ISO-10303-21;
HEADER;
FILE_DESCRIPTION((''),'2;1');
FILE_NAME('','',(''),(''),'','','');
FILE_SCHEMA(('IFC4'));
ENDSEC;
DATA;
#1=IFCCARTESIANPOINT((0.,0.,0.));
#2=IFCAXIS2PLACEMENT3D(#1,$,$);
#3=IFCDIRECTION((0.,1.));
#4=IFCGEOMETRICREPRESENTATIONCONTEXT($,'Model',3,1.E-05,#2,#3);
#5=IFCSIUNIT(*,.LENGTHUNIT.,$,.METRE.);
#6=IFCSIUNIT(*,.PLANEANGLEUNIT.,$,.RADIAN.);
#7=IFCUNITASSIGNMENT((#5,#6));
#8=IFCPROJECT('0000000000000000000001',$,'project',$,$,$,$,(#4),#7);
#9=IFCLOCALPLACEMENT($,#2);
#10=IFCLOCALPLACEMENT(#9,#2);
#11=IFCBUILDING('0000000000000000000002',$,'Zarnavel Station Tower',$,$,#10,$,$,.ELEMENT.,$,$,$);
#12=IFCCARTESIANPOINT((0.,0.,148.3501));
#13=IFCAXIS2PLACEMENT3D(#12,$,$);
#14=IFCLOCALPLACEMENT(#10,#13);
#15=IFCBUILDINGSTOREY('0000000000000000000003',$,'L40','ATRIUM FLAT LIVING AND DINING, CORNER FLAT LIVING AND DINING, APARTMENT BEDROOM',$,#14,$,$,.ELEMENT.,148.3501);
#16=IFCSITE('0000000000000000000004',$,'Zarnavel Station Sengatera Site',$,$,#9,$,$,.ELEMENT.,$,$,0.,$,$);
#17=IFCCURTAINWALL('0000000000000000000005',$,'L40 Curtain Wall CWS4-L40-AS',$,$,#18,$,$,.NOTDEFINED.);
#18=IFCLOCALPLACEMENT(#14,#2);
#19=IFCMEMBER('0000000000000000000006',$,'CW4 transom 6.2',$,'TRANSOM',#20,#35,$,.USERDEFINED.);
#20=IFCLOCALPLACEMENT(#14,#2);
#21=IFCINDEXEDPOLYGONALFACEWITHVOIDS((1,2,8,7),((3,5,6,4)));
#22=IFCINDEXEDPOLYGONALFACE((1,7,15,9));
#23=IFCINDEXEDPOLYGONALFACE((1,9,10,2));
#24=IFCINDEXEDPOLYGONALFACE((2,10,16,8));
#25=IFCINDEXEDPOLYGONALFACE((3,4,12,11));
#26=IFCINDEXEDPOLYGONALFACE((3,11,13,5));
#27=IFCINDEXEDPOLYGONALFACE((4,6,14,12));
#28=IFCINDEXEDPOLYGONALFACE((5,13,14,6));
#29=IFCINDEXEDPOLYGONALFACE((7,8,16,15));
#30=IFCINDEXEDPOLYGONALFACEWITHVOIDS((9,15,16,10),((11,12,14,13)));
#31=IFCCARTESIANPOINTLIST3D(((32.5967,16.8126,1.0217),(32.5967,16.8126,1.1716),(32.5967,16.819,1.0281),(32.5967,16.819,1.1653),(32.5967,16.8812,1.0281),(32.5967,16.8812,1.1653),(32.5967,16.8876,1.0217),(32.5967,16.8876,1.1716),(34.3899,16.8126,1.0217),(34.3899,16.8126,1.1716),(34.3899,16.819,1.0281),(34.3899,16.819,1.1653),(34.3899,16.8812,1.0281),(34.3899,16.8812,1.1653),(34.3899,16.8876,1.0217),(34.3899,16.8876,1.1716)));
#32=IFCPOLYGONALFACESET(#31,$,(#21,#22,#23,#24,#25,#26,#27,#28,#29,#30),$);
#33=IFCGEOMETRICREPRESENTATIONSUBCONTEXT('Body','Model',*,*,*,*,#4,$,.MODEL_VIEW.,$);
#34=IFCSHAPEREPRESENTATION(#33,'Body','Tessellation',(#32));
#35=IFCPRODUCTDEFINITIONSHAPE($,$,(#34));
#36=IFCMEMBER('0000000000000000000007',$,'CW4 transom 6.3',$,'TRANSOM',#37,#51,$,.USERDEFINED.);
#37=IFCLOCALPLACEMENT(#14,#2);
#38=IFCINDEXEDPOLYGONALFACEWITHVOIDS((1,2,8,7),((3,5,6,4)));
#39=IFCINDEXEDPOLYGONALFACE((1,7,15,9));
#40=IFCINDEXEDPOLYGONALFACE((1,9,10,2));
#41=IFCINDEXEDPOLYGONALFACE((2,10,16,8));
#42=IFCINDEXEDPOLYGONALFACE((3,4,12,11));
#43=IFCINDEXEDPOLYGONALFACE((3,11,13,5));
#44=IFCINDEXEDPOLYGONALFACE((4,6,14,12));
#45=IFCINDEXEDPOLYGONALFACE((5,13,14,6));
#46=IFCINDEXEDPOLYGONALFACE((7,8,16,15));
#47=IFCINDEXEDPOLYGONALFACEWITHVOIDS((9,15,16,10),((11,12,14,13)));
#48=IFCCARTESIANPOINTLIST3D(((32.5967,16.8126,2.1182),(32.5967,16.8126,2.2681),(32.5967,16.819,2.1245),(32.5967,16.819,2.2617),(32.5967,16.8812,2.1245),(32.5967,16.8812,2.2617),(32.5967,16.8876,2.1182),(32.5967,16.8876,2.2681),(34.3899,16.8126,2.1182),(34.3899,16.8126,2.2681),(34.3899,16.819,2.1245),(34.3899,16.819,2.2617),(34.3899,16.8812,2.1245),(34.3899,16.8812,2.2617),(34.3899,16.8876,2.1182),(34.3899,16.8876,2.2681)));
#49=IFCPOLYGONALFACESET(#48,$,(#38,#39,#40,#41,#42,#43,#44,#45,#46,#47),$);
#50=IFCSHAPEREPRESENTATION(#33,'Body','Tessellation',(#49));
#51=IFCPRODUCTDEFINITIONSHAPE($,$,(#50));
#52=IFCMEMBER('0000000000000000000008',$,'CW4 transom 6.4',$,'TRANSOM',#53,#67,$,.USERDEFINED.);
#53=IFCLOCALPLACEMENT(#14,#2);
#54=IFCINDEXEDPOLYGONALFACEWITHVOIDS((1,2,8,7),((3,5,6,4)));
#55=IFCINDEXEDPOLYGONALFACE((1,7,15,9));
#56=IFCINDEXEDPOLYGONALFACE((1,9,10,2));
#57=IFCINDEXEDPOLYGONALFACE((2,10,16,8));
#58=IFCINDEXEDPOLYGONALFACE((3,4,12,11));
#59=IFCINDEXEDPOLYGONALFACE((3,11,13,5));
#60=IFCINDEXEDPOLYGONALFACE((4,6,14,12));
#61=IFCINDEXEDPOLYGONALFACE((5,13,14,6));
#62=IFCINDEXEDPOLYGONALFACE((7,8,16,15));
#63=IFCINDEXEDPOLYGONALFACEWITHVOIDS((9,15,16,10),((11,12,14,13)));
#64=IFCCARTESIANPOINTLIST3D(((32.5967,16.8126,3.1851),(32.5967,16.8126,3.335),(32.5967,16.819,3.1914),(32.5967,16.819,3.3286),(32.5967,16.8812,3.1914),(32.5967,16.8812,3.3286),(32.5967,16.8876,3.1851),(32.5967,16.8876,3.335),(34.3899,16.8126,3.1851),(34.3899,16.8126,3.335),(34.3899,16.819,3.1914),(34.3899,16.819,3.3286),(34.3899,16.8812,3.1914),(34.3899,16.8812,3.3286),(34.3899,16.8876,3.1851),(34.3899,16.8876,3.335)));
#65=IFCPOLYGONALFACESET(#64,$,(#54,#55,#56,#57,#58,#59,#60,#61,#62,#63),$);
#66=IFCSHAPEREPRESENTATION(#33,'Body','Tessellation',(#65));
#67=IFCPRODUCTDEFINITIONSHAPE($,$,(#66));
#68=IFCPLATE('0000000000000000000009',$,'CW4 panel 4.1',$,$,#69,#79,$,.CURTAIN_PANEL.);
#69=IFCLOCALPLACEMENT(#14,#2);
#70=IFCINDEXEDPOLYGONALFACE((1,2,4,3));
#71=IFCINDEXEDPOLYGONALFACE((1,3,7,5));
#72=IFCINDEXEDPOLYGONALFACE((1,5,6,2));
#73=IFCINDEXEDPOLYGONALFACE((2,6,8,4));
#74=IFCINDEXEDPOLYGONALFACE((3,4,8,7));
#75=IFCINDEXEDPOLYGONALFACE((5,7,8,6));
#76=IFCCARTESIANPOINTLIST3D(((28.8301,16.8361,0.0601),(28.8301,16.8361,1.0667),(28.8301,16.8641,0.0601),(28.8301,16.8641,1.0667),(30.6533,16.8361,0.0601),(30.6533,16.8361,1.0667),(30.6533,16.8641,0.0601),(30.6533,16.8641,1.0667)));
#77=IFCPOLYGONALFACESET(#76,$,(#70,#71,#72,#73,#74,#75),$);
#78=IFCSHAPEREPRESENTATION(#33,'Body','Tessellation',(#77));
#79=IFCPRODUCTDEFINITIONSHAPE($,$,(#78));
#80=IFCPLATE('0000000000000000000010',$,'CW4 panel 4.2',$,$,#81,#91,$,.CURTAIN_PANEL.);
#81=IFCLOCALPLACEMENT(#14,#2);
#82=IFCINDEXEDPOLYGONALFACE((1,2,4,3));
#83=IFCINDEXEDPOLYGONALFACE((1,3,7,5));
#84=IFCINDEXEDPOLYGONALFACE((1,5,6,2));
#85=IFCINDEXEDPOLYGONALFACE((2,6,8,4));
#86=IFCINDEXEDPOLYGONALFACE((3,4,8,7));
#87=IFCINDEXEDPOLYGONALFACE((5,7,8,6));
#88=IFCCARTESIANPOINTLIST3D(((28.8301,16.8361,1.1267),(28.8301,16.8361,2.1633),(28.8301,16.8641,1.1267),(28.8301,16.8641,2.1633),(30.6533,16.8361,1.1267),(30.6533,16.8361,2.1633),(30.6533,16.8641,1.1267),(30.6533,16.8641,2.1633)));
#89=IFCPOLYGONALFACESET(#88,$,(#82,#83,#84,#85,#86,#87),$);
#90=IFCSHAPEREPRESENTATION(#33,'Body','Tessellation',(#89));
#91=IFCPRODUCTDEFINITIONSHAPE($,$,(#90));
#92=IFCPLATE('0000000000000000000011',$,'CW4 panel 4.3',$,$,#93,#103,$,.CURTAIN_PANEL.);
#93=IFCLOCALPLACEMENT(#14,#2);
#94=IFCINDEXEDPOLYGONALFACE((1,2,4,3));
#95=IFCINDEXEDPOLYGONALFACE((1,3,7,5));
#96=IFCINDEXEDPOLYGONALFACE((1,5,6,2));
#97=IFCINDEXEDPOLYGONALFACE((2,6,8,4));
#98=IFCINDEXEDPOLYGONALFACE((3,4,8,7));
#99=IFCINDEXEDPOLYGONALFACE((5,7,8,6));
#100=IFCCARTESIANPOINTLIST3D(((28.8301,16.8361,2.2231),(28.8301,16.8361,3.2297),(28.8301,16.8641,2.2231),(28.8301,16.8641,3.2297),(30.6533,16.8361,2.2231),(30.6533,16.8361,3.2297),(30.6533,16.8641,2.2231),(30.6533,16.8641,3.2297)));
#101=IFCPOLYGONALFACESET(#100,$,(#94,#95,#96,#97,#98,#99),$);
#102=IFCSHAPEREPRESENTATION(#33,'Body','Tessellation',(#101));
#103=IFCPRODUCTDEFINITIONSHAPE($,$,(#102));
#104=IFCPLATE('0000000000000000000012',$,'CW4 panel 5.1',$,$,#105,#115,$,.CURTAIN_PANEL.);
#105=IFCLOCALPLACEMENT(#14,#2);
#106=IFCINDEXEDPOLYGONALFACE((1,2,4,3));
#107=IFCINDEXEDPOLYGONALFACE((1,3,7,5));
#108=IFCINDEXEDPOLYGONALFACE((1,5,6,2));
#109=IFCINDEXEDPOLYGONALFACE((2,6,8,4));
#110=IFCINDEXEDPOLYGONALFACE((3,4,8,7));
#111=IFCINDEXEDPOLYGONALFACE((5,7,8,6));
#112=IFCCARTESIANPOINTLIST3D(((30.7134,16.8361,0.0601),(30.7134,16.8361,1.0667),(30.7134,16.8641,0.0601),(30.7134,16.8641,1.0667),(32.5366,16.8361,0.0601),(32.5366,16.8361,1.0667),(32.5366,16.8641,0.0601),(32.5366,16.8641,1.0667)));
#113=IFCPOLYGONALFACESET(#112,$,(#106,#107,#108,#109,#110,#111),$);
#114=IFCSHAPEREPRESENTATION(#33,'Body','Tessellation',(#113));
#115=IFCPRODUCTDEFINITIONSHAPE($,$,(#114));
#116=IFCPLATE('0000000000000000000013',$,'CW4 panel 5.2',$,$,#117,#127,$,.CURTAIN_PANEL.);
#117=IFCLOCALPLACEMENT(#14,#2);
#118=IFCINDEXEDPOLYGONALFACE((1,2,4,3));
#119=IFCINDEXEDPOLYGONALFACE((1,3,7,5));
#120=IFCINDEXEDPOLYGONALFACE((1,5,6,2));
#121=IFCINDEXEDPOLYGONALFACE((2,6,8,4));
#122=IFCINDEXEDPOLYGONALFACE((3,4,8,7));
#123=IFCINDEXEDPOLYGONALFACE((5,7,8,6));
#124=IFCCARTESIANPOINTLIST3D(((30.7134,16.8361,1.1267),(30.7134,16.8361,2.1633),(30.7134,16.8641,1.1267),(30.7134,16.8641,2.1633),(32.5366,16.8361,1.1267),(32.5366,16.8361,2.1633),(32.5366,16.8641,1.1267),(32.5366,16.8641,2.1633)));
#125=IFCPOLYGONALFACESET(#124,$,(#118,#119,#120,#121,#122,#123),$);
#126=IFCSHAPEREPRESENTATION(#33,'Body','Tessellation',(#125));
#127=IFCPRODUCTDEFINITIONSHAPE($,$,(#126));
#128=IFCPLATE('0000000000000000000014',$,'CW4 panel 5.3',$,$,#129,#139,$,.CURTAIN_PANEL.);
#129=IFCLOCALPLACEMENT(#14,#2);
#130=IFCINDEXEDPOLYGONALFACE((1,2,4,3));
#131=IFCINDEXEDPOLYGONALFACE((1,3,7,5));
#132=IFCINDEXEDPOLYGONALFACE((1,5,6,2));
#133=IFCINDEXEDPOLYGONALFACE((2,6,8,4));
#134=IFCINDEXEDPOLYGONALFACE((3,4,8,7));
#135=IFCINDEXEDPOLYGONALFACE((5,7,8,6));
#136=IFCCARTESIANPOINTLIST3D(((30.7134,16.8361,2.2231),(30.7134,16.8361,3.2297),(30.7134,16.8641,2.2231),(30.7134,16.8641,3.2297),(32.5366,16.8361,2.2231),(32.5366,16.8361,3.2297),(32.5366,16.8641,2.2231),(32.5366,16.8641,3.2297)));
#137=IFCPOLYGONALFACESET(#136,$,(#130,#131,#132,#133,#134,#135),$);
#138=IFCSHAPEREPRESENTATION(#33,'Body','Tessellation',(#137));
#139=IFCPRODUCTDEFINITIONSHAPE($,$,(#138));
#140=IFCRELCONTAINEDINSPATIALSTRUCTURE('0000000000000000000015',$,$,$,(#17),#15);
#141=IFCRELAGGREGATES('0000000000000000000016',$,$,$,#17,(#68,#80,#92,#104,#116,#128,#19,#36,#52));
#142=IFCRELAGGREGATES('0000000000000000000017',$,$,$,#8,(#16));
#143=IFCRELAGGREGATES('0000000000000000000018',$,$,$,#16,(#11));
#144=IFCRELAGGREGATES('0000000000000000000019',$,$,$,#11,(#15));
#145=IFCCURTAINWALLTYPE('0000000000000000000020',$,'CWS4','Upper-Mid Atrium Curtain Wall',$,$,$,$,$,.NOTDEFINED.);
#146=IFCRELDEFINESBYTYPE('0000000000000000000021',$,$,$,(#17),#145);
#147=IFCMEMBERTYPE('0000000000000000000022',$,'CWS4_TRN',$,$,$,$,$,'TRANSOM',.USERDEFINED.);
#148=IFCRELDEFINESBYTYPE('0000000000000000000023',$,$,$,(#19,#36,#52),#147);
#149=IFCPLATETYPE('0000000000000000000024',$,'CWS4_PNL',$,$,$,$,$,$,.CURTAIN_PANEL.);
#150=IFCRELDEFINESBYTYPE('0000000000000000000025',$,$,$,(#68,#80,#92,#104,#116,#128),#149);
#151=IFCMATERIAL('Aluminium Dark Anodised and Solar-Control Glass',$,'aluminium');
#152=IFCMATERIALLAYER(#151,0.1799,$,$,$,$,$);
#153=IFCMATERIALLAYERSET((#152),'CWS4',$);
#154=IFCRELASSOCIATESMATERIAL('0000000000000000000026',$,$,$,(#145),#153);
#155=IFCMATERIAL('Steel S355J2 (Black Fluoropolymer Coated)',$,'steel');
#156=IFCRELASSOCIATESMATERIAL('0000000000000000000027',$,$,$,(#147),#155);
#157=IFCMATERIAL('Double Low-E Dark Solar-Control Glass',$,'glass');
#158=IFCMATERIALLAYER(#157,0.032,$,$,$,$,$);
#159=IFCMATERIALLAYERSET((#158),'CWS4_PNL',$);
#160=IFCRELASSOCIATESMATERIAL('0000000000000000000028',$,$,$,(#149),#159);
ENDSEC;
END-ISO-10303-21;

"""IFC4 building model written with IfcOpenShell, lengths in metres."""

from ifc_helpers import new_model, si_unit, direction, frame, origin, origin_2d, place, context, subcontext, project, spatial, rectangle, hollow_rectangle, extrude, material, layer, layer_set, material_profile, profile_set, type_object, element, aggregate, save


model = new_model("IFC4")

# Units and contexts
model_context = context("Model", 3, precision=1e-05, world=origin(), true_north=direction((0.0, 1.0)))
body_context = subcontext(model_context, "Body", "Model", "MODEL_VIEW")
ifc_project = project(units=[si_unit("LENGTHUNIT", "METRE"), si_unit("PLANEANGLEUNIT", "RADIAN")], contexts=[model_context])

# Site, building, storey
site_placement = place(None, origin())
site = spatial("IfcSite", under=ifc_project, at=site_placement, Name="Zarnavel Station Sengatera Site", CompositionType="ELEMENT", RefElevation=0.0)
building_placement = place(site_placement, origin())
building = spatial("IfcBuilding", under=site, at=building_placement, Name="Zarnavel Station Tower", CompositionType="ELEMENT")
storey_placement = place(building_placement, frame((0.0, 0.0, 148.3501)))
storey = spatial("IfcBuildingStorey", under=building, at=storey_placement, Name="L40", Description="ATRIUM FLAT LIVING AND DINING, CORNER FLAT LIVING AND DINING, APARTMENT BEDROOM", CompositionType="ELEMENT", Elevation=148.3501)

# Curtain wall, members, plates
ifc_material_1 = material(Name="Aluminium Dark Anodised and Solar-Control Glass", Category="aluminium")
ifc_layer_1 = layer(ifc_material_1, 0.1799)
ifc_layer_set_1 = layer_set([ifc_layer_1], Name="CWS4")
curtain_wall_type = type_object("IfcCurtainWallType", Name="CWS4", Description="Upper-Mid Atrium Curtain Wall", PredefinedType="NOTDEFINED", material=ifc_layer_set_1)
curtain_wall_placement = place(storey_placement, origin())
curtain_wall = element("IfcCurtainWall", 1, at=curtain_wall_placement, inside=storey, type_object=curtain_wall_type, Name="L40 Curtain Wall CWS4-L40-AS", PredefinedType="NOTDEFINED")
ifc_material_2 = material(Name="Steel S355J2 (Black Fluoropolymer Coated)", Category="steel")
ifc_material_profile_1 = material_profile(ifc_material_2, hollow_rectangle(XDim=0.075, YDim=0.1499, WallThickness=0.0063, at=origin_2d()), Name="RHS150x75x6.3")
ifc_profile_set_1 = profile_set([ifc_material_profile_1], Name="Steel S355J2 (Black Fluoropolymer Coated)")
member_type_1 = type_object("IfcMemberType", Name="CWS4_TRN", ElementType="TRANSOM", PredefinedType="USERDEFINED", material=ifc_profile_set_1)
member_1_placement = place(storey_placement, frame((32.5967, 16.8501, 1.0967), z_axis=(1.0, 0.0, 0.0), x_axis=(0.0, 1.0, 0.0)))
member_1 = element("IfcMember", 2, at=member_1_placement, type_object=member_type_1, Name="CW4 transom 6.2", ObjectType="TRANSOM", PredefinedType="USERDEFINED", context=body_context, shape_type="SweptSolid", body=[
    extrude(hollow_rectangle(XDim=0.075, YDim=0.1499, WallThickness=0.0063, at=origin_2d()), origin(), (0.0, 0.0, 1.0), 1.7932),
])
member_2_placement = place(storey_placement, frame((32.5967, 16.8501, 2.1931), z_axis=(1.0, 0.0, 0.0), x_axis=(0.0, 1.0, 0.0)))
member_2 = element("IfcMember", 3, at=member_2_placement, type_object=member_type_1, Name="CW4 transom 6.3", ObjectType="TRANSOM", PredefinedType="USERDEFINED", context=body_context, shape_type="SweptSolid", body=[
    extrude(hollow_rectangle(XDim=0.075, YDim=0.1499, WallThickness=0.0063, at=origin_2d()), origin(), (0.0, 0.0, 1.0), 1.7932),
])
member_3_placement = place(storey_placement, frame((32.5967, 16.8501, 3.26), z_axis=(1.0, 0.0, 0.0), x_axis=(0.0, 1.0, 0.0)))
member_3 = element("IfcMember", 4, at=member_3_placement, type_object=member_type_1, Name="CW4 transom 6.4", ObjectType="TRANSOM", PredefinedType="USERDEFINED", context=body_context, shape_type="SweptSolid", body=[
    extrude(hollow_rectangle(XDim=0.075, YDim=0.1499, WallThickness=0.0063, at=origin_2d()), origin(), (0.0, 0.0, 1.0), 1.7932),
])
ifc_material_3 = material(Name="Double Low-E Dark Solar-Control Glass", Category="glass")
ifc_layer_2 = layer(ifc_material_3, 0.032)
ifc_layer_set_2 = layer_set([ifc_layer_2], Name="CWS4_PNL")
plate_type = type_object("IfcPlateType", Name="CWS4_PNL", PredefinedType="CURTAIN_PANEL", material=ifc_layer_set_2)
plate_1_placement = place(storey_placement, frame((29.7417, 16.8501, 0.0601), z_axis=(0.0, 0.0, 1.0), x_axis=(1.0, 0.0, 0.0)))
plate_1 = element("IfcPlate", 5, at=plate_1_placement, type_object=plate_type, Name="CW4 panel 4.1", PredefinedType="CURTAIN_PANEL", context=body_context, shape_type="SweptSolid", body=[
    extrude(rectangle(XDim=1.8232, YDim=0.0281, at=origin_2d()), origin(), (0.0, 0.0, 1.0), 1.0066),
])
plate_2_placement = place(storey_placement, frame((29.7417, 16.8501, 1.1267), z_axis=(0.0, 0.0, 1.0), x_axis=(1.0, 0.0, 0.0)))
plate_2 = element("IfcPlate", 6, at=plate_2_placement, type_object=plate_type, Name="CW4 panel 4.2", PredefinedType="CURTAIN_PANEL", context=body_context, shape_type="SweptSolid", body=[
    extrude(rectangle(XDim=1.8232, YDim=0.0281, at=origin_2d()), origin(), (0.0, 0.0, 1.0), 1.0366),
])
plate_3_placement = place(storey_placement, frame((29.7417, 16.8501, 2.2231), z_axis=(0.0, 0.0, 1.0), x_axis=(1.0, 0.0, 0.0)))
plate_3 = element("IfcPlate", 7, at=plate_3_placement, type_object=plate_type, Name="CW4 panel 4.3", PredefinedType="CURTAIN_PANEL", context=body_context, shape_type="SweptSolid", body=[
    extrude(rectangle(XDim=1.8232, YDim=0.0281, at=origin_2d()), origin(), (0.0, 0.0, 1.0), 1.0066),
])
plate_4_placement = place(storey_placement, frame((31.625, 16.8501, 0.0601), z_axis=(0.0, 0.0, 1.0), x_axis=(1.0, 0.0, 0.0)))
plate_4 = element("IfcPlate", 8, at=plate_4_placement, type_object=plate_type, Name="CW4 panel 5.1", PredefinedType="CURTAIN_PANEL", context=body_context, shape_type="SweptSolid", body=[
    extrude(rectangle(XDim=1.8232, YDim=0.0281, at=origin_2d()), origin(), (0.0, 0.0, 1.0), 1.0066),
])
plate_5_placement = place(storey_placement, frame((31.625, 16.8501, 1.1267), z_axis=(0.0, 0.0, 1.0), x_axis=(1.0, 0.0, 0.0)))
plate_5 = element("IfcPlate", 9, at=plate_5_placement, type_object=plate_type, Name="CW4 panel 5.2", PredefinedType="CURTAIN_PANEL", context=body_context, shape_type="SweptSolid", body=[
    extrude(rectangle(XDim=1.8232, YDim=0.0281, at=origin_2d()), origin(), (0.0, 0.0, 1.0), 1.0366),
])
plate_6_placement = place(storey_placement, frame((31.625, 16.8501, 2.2231), z_axis=(0.0, 0.0, 1.0), x_axis=(1.0, 0.0, 0.0)))
plate_6 = element("IfcPlate", 10, at=plate_6_placement, type_object=plate_type, Name="CW4 panel 5.3", PredefinedType="CURTAIN_PANEL", context=body_context, shape_type="SweptSolid", body=[
    extrude(rectangle(XDim=1.8232, YDim=0.0281, at=origin_2d()), origin(), (0.0, 0.0, 1.0), 1.0066),
])
aggregate(curtain_wall, [plate_1, plate_2, plate_3, plate_4, plate_5, plate_6, member_1, member_2, member_3])

save(model, "model.ifc")
